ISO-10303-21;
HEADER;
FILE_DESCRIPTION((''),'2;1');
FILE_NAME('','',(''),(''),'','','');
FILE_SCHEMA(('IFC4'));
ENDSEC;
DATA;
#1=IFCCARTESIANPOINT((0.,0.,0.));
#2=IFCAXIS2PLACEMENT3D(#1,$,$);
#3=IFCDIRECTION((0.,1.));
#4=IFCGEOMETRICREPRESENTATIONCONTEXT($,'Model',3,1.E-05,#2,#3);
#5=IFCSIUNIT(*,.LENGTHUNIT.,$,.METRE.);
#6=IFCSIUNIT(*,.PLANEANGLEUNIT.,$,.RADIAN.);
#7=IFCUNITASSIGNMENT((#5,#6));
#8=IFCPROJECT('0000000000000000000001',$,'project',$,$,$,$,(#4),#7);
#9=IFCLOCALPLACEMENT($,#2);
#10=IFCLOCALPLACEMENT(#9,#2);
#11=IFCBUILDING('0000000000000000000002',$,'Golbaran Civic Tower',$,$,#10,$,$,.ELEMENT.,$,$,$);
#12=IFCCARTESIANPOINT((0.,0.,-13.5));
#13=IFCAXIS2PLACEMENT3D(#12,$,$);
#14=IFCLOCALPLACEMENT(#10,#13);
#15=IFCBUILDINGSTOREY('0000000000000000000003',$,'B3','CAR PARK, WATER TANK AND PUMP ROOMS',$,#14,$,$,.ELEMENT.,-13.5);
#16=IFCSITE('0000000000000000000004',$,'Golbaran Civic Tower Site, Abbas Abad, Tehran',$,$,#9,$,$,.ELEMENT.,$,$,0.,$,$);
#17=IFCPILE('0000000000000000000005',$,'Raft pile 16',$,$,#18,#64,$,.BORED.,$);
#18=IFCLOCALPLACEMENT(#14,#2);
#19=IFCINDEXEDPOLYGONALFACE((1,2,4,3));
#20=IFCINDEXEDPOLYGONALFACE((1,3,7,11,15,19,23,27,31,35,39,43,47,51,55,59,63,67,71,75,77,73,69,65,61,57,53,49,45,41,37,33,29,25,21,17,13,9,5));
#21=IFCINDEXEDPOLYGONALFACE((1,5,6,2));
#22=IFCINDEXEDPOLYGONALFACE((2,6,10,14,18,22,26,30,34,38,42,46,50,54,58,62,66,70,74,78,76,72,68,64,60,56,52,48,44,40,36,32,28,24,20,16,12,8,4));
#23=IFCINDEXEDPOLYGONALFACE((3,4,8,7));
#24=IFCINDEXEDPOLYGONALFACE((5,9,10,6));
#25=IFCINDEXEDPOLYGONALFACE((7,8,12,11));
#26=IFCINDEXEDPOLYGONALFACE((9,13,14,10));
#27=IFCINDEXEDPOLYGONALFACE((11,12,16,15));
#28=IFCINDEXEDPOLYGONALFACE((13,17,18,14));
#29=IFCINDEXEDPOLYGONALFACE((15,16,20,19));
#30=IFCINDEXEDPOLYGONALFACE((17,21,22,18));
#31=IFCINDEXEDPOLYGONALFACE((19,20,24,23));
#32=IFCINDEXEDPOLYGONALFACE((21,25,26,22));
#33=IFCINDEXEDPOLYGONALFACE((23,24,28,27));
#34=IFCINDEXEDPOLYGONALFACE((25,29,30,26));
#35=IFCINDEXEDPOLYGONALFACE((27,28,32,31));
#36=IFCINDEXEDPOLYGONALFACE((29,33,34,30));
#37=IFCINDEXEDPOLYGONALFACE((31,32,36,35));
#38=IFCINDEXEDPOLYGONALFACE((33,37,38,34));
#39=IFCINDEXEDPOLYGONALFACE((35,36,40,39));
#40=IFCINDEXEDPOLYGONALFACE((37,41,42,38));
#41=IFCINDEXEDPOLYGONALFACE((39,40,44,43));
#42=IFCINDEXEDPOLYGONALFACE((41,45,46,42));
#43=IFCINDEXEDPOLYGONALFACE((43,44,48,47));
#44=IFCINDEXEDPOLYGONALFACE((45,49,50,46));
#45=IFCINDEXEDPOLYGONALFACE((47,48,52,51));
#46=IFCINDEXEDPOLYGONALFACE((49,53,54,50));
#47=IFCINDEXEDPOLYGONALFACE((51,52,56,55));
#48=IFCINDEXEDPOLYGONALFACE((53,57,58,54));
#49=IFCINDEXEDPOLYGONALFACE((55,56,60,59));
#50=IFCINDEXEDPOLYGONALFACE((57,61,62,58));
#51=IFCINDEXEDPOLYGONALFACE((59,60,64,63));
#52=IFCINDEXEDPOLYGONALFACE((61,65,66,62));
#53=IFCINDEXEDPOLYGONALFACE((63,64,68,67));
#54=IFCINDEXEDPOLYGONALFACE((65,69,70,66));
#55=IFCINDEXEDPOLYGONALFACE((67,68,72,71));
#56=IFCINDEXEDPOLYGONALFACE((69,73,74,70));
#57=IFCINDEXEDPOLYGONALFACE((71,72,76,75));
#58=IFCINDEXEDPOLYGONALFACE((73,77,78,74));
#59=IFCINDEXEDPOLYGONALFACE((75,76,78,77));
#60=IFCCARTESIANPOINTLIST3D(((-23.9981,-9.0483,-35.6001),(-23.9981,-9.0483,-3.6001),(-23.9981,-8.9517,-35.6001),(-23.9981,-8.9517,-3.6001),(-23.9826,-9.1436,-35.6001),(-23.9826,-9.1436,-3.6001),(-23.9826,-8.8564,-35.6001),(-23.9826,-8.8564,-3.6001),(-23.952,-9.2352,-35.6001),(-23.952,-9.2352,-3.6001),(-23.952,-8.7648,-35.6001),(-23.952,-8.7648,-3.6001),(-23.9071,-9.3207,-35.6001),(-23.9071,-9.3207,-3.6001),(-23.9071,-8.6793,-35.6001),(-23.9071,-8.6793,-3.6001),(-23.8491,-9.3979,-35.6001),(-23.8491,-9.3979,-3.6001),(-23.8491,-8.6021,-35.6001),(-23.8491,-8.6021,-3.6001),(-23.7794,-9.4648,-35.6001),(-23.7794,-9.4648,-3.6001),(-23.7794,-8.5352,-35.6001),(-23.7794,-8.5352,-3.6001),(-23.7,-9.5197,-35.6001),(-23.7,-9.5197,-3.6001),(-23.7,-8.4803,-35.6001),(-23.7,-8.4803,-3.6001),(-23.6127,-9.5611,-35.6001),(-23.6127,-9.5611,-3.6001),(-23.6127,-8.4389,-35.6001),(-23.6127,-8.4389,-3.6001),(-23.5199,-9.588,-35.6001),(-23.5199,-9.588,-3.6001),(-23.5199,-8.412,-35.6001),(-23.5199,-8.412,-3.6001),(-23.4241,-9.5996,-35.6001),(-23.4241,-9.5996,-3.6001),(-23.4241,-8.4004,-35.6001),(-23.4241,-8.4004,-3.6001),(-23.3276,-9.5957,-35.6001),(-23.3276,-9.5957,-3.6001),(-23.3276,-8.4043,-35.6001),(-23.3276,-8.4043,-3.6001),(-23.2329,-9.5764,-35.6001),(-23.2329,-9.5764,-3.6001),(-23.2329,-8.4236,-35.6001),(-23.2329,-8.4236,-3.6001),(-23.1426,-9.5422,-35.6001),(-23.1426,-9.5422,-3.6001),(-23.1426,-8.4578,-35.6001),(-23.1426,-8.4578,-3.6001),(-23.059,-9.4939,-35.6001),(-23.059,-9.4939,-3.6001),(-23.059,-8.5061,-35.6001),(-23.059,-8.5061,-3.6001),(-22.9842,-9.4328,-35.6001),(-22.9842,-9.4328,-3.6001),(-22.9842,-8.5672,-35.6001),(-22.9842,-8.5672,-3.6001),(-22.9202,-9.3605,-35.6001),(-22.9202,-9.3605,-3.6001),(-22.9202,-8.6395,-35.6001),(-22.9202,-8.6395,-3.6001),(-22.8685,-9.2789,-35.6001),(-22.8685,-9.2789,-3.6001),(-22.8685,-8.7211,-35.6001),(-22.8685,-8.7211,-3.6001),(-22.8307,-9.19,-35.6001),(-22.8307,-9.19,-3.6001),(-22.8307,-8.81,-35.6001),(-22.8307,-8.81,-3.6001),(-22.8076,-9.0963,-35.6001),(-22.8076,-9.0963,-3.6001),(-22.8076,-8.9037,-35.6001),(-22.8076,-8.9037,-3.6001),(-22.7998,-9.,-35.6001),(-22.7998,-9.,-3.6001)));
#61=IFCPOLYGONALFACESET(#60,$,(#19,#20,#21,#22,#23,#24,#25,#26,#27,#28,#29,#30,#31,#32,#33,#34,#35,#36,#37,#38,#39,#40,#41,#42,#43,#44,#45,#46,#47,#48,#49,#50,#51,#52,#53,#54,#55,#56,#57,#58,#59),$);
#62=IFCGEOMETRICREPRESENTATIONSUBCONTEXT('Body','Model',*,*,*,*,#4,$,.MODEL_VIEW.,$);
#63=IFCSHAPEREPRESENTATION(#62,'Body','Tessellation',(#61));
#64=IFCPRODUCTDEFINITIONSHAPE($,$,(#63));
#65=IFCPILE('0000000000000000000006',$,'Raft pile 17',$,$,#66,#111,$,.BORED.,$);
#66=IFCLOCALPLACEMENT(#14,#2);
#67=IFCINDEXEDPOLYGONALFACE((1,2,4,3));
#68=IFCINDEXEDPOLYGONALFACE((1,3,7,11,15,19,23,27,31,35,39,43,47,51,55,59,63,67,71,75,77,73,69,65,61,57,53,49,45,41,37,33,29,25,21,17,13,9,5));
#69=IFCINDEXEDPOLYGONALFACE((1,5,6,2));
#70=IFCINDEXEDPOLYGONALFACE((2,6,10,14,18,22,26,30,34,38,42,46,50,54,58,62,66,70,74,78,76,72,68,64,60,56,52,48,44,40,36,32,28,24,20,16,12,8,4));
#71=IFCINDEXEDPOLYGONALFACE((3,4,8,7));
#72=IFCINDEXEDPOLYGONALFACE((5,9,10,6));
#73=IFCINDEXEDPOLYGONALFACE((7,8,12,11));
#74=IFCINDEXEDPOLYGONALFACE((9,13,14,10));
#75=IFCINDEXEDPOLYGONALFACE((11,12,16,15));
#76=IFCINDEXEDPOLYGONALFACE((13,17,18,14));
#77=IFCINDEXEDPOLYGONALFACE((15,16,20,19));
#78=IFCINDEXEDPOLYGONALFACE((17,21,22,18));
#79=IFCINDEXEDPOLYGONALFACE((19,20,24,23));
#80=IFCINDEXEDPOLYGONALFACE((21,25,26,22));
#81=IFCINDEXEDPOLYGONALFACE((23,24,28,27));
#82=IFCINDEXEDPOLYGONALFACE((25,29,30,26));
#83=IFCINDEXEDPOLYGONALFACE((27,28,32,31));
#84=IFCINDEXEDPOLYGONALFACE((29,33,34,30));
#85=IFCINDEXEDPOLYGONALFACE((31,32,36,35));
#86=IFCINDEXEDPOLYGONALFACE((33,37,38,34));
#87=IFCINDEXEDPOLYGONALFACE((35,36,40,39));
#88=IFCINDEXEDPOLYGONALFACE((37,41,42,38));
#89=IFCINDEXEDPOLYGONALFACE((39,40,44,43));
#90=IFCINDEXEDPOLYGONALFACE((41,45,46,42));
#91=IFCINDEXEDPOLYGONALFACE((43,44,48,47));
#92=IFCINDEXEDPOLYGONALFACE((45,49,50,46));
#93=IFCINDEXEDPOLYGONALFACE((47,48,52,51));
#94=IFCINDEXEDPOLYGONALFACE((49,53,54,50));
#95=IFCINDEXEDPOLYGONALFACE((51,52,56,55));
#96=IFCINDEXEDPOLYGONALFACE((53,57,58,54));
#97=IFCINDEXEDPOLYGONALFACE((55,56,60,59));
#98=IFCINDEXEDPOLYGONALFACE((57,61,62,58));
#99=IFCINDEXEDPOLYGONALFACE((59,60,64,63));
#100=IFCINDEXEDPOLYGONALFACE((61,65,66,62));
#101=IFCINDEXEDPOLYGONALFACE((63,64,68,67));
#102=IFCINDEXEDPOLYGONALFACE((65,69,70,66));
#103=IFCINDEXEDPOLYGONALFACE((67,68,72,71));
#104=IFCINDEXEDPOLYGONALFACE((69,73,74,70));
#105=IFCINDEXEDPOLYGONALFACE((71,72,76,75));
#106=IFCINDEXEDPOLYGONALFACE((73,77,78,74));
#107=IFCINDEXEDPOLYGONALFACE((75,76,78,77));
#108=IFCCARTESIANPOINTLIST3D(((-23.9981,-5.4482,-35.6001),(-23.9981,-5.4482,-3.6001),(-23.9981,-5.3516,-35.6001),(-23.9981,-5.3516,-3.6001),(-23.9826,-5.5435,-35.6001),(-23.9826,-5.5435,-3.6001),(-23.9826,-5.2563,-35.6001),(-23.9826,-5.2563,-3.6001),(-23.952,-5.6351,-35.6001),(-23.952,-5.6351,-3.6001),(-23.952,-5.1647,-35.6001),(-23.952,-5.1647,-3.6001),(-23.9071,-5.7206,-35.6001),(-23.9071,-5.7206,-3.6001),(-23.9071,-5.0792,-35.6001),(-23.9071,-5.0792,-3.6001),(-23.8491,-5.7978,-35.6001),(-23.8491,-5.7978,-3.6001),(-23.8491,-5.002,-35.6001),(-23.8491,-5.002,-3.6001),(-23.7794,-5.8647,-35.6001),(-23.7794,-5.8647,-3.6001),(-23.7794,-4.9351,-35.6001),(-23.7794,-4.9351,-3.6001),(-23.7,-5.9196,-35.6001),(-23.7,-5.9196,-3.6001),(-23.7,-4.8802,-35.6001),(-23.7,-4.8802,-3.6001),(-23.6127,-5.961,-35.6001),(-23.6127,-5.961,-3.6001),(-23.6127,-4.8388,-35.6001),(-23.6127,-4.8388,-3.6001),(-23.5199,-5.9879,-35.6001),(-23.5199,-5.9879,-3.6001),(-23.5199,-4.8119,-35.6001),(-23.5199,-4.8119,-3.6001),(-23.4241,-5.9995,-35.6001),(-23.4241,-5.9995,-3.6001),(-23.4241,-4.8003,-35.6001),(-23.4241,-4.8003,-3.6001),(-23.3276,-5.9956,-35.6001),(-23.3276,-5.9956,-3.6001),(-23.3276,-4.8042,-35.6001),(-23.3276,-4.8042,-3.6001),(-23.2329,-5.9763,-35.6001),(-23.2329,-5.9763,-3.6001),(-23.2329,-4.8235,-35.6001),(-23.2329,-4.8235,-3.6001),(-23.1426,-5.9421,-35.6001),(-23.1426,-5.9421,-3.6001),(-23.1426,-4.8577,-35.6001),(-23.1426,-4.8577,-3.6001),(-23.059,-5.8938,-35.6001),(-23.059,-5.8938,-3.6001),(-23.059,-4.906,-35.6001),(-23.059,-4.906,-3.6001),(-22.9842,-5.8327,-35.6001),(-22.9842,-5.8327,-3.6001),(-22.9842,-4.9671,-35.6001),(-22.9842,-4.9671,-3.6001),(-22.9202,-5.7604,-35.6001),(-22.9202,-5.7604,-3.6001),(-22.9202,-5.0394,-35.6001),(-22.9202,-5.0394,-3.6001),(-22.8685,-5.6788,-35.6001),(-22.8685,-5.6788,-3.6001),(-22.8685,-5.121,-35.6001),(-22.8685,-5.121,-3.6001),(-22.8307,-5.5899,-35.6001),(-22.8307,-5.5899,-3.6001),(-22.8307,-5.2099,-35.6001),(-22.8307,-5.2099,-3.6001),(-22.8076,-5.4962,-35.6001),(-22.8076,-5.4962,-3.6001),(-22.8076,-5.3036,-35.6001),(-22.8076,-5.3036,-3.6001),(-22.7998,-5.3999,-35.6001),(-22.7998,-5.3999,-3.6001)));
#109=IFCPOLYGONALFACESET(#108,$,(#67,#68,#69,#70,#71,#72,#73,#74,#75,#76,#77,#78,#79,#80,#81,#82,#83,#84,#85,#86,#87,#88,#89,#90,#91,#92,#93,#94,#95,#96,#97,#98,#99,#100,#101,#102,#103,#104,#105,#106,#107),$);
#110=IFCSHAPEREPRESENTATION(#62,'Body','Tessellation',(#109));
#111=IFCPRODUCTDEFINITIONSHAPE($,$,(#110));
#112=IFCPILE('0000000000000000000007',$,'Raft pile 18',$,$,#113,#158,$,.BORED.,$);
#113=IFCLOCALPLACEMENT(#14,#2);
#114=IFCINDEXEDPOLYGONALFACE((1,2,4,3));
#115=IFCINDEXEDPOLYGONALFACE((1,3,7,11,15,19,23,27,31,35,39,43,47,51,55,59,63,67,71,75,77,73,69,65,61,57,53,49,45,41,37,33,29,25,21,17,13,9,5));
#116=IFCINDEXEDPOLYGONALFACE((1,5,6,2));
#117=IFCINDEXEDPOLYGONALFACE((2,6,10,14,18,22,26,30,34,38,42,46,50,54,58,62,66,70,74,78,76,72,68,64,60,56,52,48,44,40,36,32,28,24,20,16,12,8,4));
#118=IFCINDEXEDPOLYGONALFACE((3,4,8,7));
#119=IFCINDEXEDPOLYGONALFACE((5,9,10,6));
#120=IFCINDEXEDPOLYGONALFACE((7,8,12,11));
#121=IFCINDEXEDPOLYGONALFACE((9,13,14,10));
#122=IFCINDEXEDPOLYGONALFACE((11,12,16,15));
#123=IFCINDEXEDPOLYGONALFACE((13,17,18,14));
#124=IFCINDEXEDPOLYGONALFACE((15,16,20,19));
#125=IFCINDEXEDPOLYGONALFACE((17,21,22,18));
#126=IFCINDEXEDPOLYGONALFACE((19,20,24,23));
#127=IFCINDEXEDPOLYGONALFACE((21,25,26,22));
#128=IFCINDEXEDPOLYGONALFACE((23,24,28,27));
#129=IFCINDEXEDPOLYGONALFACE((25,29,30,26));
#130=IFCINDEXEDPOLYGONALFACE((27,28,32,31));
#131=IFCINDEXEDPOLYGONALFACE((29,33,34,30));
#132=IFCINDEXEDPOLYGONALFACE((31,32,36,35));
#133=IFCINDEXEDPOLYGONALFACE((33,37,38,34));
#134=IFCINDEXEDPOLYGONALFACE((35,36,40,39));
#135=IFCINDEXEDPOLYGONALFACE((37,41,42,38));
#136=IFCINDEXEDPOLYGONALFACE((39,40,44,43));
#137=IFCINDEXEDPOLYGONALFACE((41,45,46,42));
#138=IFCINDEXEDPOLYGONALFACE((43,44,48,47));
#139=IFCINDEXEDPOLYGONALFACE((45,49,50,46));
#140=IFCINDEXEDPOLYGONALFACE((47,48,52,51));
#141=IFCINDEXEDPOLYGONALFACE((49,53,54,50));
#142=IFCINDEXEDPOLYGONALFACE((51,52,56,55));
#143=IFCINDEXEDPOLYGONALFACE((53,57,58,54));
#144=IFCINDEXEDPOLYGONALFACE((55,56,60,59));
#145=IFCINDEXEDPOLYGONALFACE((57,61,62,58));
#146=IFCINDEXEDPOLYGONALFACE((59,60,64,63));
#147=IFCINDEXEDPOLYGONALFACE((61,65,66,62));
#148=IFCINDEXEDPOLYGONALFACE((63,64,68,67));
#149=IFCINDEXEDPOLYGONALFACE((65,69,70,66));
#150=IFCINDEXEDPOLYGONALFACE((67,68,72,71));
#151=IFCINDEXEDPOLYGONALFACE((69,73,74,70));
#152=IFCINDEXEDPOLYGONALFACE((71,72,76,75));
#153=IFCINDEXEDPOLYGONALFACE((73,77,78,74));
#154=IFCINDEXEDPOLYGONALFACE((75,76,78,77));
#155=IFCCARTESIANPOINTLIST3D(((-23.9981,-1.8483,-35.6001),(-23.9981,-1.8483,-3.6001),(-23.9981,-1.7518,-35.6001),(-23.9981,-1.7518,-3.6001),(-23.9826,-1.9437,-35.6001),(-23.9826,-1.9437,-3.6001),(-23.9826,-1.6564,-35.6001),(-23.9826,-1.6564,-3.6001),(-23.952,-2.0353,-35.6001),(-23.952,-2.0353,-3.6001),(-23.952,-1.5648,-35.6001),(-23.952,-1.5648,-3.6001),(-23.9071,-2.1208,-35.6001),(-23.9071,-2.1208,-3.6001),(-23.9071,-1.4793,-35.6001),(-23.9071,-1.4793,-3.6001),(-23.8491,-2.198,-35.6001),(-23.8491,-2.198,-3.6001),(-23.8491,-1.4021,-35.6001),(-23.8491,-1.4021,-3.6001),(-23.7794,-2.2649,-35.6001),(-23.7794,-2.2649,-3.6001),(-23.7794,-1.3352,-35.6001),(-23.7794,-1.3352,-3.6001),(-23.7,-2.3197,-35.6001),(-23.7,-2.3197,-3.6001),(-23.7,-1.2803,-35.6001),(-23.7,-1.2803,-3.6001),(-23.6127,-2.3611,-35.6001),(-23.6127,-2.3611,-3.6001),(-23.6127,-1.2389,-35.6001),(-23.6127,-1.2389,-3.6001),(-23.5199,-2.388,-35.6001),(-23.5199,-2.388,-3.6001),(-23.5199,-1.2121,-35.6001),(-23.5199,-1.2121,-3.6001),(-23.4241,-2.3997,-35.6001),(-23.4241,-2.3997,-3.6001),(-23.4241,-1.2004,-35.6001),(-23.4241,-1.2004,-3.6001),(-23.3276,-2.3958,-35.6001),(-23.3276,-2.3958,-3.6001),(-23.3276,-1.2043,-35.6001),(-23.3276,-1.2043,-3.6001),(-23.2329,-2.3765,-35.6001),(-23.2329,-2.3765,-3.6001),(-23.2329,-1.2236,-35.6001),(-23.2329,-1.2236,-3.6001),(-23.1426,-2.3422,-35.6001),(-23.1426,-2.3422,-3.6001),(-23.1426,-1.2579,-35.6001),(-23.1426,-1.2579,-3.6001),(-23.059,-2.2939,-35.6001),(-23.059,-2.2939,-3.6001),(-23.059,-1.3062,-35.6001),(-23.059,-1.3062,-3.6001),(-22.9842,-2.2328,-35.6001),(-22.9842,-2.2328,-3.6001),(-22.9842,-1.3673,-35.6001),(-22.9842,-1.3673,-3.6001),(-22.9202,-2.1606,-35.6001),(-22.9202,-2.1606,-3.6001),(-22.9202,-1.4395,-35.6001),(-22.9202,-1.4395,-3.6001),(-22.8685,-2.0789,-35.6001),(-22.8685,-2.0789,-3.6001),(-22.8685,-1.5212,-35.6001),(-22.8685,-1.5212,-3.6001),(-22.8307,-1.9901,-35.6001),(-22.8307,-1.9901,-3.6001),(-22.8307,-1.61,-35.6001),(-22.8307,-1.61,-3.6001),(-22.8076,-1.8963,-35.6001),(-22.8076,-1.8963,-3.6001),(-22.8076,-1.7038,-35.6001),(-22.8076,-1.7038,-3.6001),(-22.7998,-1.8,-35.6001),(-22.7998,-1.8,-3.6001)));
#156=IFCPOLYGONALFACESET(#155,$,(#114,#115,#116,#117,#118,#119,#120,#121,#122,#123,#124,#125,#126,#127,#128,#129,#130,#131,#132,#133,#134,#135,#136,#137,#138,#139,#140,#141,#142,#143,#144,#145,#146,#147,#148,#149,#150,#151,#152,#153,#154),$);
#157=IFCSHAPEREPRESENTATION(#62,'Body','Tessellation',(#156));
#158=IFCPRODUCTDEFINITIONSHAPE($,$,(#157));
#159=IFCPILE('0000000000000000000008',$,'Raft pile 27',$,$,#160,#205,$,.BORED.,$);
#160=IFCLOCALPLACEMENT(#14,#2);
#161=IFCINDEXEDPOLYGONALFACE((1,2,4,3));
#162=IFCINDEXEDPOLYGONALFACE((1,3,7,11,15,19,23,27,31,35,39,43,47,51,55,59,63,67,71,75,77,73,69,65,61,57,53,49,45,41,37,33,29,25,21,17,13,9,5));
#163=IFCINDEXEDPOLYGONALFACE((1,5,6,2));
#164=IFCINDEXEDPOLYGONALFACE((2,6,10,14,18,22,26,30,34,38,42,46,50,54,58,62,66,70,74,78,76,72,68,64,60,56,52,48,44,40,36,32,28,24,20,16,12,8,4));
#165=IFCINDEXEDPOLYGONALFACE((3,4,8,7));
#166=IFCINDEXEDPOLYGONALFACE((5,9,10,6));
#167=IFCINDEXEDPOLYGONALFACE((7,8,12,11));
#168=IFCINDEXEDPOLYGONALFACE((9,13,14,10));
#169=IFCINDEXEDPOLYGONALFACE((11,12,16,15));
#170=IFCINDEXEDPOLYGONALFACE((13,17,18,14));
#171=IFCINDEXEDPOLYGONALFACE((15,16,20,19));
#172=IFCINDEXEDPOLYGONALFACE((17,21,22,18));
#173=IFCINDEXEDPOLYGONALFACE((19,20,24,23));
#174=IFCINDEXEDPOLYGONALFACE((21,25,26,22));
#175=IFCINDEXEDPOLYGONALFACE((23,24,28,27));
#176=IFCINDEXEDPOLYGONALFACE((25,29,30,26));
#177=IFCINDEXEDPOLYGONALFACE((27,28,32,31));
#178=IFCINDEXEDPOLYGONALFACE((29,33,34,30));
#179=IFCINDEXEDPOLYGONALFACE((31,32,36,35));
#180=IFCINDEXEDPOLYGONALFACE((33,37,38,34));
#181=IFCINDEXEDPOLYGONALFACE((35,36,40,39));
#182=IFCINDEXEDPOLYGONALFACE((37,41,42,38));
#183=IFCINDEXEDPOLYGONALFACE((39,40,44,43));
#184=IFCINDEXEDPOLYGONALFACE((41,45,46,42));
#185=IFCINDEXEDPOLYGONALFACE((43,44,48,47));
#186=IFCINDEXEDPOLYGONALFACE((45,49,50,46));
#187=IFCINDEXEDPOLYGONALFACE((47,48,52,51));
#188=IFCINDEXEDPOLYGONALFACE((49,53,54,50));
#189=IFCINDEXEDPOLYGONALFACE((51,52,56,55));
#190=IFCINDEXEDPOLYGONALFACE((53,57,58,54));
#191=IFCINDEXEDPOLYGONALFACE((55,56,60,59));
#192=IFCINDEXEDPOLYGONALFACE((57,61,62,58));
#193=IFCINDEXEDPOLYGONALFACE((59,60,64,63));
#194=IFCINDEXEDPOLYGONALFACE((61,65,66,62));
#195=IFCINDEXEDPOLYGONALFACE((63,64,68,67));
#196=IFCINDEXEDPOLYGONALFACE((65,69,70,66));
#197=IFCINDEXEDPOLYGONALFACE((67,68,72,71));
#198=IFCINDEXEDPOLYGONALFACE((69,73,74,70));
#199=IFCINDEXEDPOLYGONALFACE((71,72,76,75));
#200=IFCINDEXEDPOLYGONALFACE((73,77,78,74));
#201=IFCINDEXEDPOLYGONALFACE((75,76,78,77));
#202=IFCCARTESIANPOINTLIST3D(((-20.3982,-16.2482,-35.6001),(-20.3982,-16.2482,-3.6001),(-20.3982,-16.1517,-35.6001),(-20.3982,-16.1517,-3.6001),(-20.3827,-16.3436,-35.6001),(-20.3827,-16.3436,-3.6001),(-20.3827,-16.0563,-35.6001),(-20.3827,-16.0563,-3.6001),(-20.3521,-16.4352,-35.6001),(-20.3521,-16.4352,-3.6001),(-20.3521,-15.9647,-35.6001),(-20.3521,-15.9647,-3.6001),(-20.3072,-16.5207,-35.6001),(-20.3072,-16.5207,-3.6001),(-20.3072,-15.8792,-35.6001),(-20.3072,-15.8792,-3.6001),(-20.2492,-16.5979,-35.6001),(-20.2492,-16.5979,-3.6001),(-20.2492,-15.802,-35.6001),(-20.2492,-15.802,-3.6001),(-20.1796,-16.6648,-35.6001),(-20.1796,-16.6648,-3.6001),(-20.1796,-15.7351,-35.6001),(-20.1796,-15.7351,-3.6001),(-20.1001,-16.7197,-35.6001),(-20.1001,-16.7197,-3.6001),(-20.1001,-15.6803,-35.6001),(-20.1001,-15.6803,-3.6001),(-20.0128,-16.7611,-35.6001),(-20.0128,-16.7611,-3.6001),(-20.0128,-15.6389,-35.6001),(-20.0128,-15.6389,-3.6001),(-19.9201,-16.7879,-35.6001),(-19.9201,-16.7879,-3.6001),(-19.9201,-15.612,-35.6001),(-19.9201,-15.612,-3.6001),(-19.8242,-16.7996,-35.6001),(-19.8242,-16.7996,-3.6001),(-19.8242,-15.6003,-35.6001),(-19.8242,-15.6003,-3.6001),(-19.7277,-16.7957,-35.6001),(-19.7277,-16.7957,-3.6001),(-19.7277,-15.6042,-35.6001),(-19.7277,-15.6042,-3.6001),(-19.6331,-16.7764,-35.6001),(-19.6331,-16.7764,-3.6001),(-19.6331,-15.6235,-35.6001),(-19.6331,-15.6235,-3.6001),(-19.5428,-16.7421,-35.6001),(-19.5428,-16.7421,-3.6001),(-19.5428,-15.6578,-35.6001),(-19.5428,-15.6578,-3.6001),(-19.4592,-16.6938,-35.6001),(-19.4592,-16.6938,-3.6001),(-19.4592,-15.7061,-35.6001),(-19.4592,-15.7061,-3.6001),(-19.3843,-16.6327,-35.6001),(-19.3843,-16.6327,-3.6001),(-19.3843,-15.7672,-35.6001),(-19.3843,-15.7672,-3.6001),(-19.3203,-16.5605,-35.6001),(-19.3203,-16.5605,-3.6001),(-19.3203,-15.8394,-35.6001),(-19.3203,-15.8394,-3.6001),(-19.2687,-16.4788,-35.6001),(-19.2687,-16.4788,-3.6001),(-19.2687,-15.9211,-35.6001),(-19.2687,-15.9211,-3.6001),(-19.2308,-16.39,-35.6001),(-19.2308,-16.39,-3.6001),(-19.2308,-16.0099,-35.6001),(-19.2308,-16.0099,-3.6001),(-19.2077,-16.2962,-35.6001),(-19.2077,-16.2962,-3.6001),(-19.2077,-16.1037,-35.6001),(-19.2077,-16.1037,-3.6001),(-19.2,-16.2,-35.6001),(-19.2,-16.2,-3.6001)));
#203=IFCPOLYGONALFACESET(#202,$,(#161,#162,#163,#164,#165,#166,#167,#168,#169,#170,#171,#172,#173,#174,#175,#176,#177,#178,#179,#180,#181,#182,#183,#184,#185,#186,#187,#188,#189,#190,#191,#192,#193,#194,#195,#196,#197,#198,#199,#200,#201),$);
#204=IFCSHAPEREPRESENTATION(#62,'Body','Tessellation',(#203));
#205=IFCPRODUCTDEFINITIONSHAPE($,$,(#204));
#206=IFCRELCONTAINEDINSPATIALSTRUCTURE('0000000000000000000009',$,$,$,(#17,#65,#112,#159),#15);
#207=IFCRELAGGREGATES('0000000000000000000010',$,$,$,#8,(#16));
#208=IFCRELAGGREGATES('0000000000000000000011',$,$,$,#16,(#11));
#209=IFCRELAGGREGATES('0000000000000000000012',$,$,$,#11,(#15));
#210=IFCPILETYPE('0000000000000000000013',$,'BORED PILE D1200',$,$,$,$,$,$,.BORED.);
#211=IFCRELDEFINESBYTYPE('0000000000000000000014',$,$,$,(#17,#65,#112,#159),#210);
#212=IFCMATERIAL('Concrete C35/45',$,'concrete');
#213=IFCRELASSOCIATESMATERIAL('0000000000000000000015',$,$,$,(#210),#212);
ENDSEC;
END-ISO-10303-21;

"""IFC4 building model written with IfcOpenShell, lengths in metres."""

from ifc_helpers import new_model, si_unit, direction, frame, origin, origin_2d, place, context, subcontext, project, spatial, circle, extrude, material, material_profile, profile_set, type_object, element, save


model = new_model("IFC4")

# Units and contexts
model_context = context("Model", 3, precision=1e-05, world=origin(), true_north=direction((0.0, 1.0)))
body_context = subcontext(model_context, "Body", "Model", "MODEL_VIEW")
ifc_project = project(units=[si_unit("LENGTHUNIT", "METRE"), si_unit("PLANEANGLEUNIT", "RADIAN")], contexts=[model_context])

# Site, building, storey
site_placement = place(None, origin())
site = spatial("IfcSite", under=ifc_project, at=site_placement, Name="Golbaran Civic Tower Site, Abbas Abad, Tehran", CompositionType="ELEMENT", RefElevation=0.0)
building_placement = place(site_placement, origin())
building = spatial("IfcBuilding", under=site, at=building_placement, Name="Golbaran Civic Tower", CompositionType="ELEMENT")
storey_placement = place(building_placement, frame((0.0, 0.0, -13.5)))
storey = spatial("IfcBuildingStorey", under=building, at=storey_placement, Name="B3", Description="CAR PARK, WATER TANK AND PUMP ROOMS", CompositionType="ELEMENT", Elevation=-13.5)

# Piles
ifc_material_1 = material(Name="Concrete C35/45", Category="concrete")
ifc_material_profile_1 = material_profile(ifc_material_1, circle(Radius=0.6001, at=origin_2d()), Name="BORED PILE D1200")
ifc_profile_set_1 = profile_set([ifc_material_profile_1], Name="Concrete C35/45")
pile_type_1 = type_object("IfcPileType", Name="BORED PILE D1200", PredefinedType="BORED", material=ifc_profile_set_1)
for number, where, z_axis, x_axis, name in (
    (1, (-23.3999, -9.0, -3.6001), (0.0, 0.0, -1.0), (1.0, 0.0, 0.0), "Raft pile 16"),
    (2, (-23.3999, -5.3999, -3.6001), (0.0, 0.0, -1.0), (1.0, 0.0, 0.0), "Raft pile 17"),
    (3, (-23.3999, -1.8, -3.6001), (0.0, 0.0, -1.0), (1.0, 0.0, 0.0), "Raft pile 18"),
    (4, (-19.8, -16.2, -3.6001), (0.0, 0.0, -1.0), (1.0, 0.0, 0.0), "Raft pile 27"),
):
    element("IfcPile", number, at=place(storey_placement, frame(where, z_axis=z_axis, x_axis=x_axis)), inside=storey, type_object=pile_type_1, Name=name, PredefinedType="BORED", context=body_context, shape_type="SweptSolid", body=[
        extrude(circle(Radius=0.6001, at=origin_2d()), origin(), (0.0, 0.0, 1.0), 32.0),
    ])

save(model, "model.ifc")
